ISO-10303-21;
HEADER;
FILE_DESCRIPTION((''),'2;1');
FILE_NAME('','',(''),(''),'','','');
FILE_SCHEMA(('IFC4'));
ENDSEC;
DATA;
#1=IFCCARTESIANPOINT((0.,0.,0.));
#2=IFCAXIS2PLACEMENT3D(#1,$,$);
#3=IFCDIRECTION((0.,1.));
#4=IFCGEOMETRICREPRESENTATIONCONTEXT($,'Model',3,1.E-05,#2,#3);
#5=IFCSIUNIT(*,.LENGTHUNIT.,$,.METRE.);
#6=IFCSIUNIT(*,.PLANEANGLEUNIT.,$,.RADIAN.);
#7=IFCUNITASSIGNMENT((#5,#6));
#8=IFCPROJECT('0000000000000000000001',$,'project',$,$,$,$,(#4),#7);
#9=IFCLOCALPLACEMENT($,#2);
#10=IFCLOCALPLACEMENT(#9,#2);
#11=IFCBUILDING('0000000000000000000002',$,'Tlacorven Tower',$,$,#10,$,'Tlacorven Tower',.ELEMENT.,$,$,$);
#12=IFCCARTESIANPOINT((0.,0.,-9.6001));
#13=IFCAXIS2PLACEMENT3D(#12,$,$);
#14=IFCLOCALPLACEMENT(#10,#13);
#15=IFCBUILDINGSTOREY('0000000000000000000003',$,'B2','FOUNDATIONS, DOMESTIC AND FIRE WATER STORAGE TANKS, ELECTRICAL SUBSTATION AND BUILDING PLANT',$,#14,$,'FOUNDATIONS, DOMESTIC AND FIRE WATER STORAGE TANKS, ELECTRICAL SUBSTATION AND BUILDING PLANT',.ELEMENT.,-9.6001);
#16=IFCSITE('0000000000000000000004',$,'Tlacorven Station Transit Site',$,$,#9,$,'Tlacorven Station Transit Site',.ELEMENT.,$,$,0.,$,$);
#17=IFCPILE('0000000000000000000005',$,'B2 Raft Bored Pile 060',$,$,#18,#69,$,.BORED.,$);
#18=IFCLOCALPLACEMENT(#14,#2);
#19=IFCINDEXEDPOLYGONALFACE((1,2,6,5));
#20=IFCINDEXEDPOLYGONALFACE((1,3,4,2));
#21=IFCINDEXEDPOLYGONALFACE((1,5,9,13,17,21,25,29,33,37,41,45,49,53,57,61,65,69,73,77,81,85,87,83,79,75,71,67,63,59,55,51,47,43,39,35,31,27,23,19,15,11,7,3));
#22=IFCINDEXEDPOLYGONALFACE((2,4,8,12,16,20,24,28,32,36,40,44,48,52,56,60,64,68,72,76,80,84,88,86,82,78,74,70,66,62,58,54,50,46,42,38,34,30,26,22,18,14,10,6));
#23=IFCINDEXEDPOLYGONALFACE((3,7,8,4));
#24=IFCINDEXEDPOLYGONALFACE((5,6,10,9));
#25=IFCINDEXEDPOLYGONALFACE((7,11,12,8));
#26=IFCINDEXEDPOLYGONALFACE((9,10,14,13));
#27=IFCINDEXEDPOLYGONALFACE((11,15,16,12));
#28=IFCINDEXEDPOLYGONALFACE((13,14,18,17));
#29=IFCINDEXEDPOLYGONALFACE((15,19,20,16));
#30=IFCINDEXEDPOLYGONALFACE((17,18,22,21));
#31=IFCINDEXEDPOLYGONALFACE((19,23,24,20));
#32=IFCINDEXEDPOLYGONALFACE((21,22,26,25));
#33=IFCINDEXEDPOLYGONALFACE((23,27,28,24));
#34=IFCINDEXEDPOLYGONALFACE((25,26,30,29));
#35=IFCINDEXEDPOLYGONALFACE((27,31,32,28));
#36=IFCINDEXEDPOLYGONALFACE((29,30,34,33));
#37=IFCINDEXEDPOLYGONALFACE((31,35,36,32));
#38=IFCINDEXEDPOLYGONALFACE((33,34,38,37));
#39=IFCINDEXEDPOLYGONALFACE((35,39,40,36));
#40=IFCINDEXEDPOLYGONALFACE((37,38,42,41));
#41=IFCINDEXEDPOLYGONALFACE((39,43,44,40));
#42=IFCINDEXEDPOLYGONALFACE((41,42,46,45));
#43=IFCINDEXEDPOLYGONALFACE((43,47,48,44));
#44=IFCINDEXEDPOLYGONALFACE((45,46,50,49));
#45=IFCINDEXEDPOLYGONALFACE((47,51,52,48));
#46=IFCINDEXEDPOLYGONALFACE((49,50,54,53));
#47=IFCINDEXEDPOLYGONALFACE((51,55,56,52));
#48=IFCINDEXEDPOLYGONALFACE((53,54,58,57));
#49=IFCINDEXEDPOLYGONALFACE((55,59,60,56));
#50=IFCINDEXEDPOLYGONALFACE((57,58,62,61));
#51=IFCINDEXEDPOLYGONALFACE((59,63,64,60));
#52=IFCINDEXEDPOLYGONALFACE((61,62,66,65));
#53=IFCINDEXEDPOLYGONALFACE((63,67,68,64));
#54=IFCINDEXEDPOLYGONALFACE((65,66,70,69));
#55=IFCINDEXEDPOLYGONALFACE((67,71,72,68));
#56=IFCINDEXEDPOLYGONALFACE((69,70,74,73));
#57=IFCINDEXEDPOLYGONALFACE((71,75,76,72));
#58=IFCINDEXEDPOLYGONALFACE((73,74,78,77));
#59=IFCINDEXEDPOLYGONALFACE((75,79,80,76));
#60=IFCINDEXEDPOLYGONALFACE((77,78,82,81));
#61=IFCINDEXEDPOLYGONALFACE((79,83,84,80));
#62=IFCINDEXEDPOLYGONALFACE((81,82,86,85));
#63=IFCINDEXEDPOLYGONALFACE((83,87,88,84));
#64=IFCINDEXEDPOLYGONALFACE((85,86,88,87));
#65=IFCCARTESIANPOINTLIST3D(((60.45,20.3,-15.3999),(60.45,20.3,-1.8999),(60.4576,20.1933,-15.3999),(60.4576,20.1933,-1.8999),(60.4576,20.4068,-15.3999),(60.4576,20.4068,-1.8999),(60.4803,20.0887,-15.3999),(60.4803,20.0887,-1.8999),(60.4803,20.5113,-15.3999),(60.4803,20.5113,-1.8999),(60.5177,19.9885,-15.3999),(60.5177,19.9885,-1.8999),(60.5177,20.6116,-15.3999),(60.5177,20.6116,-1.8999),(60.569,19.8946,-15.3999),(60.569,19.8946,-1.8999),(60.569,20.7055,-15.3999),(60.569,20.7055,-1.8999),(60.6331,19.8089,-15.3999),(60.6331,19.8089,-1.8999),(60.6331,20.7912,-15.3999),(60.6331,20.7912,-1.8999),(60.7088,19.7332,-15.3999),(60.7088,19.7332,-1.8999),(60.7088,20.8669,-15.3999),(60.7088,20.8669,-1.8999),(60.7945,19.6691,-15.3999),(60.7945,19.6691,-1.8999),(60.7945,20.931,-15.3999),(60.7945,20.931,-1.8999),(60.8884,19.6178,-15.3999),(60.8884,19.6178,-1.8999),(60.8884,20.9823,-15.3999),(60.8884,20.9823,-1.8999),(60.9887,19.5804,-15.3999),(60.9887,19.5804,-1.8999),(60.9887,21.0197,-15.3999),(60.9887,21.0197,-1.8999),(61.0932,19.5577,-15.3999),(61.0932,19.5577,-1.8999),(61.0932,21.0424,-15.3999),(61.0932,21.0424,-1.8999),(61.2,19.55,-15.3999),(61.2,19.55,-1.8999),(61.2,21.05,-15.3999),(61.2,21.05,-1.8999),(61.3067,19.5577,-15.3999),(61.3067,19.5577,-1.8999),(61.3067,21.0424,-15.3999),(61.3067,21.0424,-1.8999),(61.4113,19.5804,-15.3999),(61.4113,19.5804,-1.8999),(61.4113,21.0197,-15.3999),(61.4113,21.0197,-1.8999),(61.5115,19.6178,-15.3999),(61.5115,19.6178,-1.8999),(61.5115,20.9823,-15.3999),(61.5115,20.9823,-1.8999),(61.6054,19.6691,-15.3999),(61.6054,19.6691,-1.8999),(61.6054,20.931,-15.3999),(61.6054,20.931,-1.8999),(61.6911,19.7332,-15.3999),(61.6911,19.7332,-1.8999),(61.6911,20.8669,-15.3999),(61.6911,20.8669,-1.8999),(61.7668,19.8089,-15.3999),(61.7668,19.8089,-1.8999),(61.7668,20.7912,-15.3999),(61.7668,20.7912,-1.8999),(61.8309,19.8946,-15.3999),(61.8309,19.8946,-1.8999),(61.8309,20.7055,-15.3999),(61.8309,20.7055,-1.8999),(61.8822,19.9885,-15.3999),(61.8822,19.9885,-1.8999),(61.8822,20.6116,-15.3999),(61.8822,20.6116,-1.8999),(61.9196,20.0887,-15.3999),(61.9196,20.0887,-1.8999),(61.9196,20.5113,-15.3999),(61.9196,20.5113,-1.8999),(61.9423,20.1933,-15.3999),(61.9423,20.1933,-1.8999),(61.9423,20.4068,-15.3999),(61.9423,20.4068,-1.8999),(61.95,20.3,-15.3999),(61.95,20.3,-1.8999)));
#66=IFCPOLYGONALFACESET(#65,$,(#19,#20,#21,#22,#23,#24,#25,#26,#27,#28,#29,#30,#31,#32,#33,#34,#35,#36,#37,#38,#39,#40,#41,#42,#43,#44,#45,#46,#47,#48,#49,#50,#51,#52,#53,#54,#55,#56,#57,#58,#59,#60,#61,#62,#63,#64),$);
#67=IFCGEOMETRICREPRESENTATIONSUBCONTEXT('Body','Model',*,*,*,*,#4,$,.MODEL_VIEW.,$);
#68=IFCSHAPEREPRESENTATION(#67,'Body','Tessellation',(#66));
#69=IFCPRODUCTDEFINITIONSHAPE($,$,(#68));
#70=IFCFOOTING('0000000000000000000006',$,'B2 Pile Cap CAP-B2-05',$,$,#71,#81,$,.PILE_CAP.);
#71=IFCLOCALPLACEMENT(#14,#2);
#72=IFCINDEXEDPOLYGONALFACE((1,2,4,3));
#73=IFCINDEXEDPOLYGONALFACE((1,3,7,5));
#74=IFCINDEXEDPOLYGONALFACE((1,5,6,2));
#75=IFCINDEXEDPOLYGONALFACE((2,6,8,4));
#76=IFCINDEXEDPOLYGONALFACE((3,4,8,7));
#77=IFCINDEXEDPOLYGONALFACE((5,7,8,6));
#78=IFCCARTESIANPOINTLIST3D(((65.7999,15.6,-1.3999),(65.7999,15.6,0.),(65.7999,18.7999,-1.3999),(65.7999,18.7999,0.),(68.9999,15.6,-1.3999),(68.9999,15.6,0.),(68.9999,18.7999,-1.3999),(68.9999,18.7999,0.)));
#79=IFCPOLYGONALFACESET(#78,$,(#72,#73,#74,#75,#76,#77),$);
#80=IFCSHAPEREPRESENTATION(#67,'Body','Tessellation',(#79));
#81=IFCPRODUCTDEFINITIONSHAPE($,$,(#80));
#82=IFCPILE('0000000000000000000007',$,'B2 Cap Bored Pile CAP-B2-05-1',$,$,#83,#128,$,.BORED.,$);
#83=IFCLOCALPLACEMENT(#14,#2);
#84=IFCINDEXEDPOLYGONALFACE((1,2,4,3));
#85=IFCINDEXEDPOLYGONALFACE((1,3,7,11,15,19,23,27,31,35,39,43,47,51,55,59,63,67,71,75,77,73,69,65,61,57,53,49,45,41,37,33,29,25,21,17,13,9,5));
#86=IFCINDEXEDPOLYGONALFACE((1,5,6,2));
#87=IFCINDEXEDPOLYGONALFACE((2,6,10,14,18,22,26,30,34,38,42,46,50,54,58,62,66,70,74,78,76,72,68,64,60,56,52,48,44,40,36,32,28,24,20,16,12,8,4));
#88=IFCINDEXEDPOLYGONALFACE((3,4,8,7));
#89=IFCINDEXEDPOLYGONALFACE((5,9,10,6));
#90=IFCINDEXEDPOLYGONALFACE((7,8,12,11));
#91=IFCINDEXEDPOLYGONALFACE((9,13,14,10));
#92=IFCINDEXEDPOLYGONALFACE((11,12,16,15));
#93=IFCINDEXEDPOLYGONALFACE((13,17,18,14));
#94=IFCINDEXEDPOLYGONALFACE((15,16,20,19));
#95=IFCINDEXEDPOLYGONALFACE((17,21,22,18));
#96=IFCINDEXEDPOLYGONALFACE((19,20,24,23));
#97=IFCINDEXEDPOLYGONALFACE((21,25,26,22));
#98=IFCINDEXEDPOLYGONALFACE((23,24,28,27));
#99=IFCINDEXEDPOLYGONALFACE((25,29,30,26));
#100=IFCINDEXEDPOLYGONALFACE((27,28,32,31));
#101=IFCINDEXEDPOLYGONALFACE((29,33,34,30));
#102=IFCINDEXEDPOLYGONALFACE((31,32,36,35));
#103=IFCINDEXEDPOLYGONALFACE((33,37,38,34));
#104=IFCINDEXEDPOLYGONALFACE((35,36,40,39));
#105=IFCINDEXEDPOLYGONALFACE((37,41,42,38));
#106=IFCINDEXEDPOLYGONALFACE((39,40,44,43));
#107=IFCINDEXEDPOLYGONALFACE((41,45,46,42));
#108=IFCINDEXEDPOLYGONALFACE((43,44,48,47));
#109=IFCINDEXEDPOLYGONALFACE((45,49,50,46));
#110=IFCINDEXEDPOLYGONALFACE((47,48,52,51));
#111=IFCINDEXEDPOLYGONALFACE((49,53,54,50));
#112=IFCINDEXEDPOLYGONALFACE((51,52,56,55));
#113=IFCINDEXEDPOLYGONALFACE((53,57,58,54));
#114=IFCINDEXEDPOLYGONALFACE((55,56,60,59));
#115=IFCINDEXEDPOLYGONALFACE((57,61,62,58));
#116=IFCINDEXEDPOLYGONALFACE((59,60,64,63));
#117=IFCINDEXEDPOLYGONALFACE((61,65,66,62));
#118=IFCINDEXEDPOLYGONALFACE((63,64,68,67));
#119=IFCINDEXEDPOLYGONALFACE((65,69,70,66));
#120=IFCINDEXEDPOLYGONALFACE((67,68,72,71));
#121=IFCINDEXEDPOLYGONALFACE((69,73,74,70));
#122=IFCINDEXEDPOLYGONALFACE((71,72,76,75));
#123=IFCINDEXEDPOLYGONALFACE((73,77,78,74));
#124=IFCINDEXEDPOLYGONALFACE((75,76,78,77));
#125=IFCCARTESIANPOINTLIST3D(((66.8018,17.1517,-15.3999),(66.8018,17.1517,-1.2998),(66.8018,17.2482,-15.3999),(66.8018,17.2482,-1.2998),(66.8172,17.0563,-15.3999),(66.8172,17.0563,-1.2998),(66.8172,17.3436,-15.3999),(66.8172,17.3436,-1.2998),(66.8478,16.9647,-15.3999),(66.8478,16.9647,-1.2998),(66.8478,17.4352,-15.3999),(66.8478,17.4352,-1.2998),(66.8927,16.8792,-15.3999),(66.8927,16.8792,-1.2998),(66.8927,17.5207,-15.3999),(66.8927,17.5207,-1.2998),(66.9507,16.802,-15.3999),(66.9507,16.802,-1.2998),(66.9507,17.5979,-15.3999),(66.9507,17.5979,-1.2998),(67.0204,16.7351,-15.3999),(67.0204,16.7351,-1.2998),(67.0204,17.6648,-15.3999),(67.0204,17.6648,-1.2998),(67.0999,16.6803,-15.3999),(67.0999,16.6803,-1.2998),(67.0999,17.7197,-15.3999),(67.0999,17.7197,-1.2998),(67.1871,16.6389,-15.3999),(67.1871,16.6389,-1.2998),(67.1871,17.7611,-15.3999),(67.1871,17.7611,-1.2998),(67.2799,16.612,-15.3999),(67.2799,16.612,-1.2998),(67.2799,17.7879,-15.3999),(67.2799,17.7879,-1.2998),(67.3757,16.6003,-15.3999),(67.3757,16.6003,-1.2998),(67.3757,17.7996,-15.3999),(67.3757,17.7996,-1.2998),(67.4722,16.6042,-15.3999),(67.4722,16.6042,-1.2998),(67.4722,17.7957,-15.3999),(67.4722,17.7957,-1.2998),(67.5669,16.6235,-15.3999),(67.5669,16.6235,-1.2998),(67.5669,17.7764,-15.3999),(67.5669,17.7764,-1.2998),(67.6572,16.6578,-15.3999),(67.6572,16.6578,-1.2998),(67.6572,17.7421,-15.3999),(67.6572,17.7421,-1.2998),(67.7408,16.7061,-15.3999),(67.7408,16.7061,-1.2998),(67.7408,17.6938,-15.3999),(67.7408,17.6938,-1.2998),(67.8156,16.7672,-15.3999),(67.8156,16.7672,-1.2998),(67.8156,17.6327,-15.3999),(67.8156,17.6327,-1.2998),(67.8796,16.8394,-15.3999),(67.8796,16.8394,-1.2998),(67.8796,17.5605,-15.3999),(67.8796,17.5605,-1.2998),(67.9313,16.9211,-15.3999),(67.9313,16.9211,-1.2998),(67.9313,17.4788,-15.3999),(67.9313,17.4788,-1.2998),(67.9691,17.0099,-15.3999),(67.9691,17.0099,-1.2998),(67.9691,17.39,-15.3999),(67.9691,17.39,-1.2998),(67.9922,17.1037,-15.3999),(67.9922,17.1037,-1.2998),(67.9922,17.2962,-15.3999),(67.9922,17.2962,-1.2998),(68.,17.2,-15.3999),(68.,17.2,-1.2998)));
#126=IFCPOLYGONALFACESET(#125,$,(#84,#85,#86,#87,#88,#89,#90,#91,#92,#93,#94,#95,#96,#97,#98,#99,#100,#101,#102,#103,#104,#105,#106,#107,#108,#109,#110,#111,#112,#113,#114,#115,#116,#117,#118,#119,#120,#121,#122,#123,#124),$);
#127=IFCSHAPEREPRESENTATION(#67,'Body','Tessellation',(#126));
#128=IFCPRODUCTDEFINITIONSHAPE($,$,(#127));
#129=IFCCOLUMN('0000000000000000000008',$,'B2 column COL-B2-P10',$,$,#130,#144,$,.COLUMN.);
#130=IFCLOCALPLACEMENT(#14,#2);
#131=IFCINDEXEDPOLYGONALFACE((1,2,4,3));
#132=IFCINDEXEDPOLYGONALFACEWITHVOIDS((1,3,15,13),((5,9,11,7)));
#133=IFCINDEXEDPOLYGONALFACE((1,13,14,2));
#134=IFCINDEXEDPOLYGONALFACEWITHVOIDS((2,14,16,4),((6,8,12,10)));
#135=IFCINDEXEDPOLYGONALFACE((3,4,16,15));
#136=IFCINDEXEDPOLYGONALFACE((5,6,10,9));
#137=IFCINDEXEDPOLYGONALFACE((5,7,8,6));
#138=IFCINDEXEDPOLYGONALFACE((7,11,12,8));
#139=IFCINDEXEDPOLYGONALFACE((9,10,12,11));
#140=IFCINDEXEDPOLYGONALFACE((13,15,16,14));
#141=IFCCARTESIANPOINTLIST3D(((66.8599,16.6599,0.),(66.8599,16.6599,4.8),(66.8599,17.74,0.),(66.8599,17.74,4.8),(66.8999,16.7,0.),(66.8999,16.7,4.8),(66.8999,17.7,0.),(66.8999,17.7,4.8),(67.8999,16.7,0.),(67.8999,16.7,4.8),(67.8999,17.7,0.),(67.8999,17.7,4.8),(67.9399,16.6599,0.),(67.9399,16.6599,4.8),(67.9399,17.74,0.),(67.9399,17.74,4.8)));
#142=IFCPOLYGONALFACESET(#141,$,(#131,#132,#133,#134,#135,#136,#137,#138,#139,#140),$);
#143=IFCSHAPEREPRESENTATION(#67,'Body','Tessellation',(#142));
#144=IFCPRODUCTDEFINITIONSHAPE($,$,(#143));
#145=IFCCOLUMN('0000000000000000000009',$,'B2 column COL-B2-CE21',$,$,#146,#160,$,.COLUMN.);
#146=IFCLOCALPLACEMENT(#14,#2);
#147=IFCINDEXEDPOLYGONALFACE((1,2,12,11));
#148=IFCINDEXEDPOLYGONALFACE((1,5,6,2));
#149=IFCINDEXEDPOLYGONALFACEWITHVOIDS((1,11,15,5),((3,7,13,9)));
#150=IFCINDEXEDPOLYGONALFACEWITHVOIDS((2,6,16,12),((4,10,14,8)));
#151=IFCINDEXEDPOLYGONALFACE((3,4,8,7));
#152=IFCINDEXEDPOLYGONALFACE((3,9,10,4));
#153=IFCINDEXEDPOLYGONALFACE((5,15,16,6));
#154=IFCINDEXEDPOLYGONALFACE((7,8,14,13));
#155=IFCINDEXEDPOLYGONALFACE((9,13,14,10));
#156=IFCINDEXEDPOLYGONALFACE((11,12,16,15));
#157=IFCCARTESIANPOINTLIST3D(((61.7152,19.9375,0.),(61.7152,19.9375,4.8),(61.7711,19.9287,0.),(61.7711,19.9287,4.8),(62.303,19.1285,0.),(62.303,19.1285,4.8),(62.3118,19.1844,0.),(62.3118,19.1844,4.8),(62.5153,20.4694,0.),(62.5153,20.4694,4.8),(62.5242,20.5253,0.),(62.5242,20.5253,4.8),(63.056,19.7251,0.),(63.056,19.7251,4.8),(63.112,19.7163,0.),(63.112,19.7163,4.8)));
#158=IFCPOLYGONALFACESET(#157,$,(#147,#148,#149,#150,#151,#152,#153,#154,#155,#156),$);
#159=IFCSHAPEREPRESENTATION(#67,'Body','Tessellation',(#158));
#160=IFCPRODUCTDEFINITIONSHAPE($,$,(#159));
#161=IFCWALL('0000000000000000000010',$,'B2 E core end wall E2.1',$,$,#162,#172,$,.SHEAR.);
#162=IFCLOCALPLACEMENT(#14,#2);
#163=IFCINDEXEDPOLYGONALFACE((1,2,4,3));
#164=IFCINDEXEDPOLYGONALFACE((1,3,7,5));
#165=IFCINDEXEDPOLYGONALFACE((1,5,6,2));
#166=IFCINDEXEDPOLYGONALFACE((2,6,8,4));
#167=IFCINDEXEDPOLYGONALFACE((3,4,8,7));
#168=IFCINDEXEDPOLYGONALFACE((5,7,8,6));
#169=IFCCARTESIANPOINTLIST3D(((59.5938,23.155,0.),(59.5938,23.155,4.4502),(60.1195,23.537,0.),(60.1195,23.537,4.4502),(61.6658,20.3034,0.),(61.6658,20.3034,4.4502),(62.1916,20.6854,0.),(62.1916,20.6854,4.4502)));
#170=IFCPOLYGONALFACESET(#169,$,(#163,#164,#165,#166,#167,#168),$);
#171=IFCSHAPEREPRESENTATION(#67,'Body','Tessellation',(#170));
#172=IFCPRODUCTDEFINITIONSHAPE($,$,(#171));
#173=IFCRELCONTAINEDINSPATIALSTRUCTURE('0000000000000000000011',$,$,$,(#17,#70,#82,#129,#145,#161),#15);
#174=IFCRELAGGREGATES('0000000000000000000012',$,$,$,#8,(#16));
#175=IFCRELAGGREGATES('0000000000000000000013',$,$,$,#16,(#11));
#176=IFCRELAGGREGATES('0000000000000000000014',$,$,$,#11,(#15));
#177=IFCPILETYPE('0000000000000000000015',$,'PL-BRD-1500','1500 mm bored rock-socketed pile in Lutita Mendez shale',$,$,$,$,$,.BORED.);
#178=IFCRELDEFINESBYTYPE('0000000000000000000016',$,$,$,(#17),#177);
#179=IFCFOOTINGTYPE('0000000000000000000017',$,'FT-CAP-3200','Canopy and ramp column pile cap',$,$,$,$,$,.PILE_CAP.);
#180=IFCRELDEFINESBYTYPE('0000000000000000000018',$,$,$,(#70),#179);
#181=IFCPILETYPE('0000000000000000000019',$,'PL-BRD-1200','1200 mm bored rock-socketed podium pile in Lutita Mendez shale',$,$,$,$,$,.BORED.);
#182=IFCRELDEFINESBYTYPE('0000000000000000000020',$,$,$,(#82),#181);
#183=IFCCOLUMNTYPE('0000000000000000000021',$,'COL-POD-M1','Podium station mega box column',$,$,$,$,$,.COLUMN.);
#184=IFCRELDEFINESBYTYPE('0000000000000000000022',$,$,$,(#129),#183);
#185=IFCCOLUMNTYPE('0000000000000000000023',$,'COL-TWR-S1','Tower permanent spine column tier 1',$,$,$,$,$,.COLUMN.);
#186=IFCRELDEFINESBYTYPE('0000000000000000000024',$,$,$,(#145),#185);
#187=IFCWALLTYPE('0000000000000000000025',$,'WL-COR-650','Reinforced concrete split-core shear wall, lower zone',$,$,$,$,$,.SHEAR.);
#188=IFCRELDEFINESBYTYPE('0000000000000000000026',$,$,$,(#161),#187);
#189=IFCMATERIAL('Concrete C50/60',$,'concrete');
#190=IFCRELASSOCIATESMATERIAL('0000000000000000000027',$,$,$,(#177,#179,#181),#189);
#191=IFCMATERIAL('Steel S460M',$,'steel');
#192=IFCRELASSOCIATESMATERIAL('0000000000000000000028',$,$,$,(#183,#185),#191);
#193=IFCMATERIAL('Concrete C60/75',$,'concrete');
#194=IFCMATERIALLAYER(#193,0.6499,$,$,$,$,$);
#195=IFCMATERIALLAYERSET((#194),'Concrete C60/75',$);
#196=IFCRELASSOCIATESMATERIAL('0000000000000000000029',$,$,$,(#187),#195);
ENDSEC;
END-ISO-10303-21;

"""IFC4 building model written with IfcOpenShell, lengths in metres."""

from ifc_helpers import new_model, si_unit, direction, frame, frame_2d, origin, origin_2d, place, context, subcontext, project, spatial, rectangle, hollow_rectangle, circle, extrude, source, transform, mapped, material, layer, layer_set, material_profile, profile_set, type_object, element, save


model = new_model("IFC4")

# Units and contexts
model_context = context("Model", 3, precision=1e-05, world=origin(), true_north=direction((0.0, 1.0)))
body_context = subcontext(model_context, "Body", "Model", "MODEL_VIEW")
ifc_project = project(units=[si_unit("LENGTHUNIT", "METRE"), si_unit("PLANEANGLEUNIT", "RADIAN")], contexts=[model_context])

# Site, building, storey
site_placement = place(None, origin())
site = spatial("IfcSite", under=ifc_project, at=site_placement, Name="Tlacorven Station Transit Site", LongName="Tlacorven Station Transit Site", CompositionType="ELEMENT", RefElevation=0.0)
building_placement = place(site_placement, origin())
building = spatial("IfcBuilding", under=site, at=building_placement, Name="Tlacorven Tower", LongName="Tlacorven Tower", CompositionType="ELEMENT")
storey_placement = place(building_placement, frame((0.0, 0.0, -9.6001)))
storey = spatial("IfcBuildingStorey", under=building, at=storey_placement, Name="B2", Description="FOUNDATIONS, DOMESTIC AND FIRE WATER STORAGE TANKS, ELECTRICAL SUBSTATION AND BUILDING PLANT", LongName="FOUNDATIONS, DOMESTIC AND FIRE WATER STORAGE TANKS, ELECTRICAL SUBSTATION AND BUILDING PLANT", CompositionType="ELEMENT", Elevation=-9.6001)

# Pile
ifc_material_1 = material(Name="Concrete C50/60", Category="concrete")
ifc_material_profile_1 = material_profile(ifc_material_1, circle(Radius=0.75, at=origin_2d()), Name="BORED PILE D1500")
ifc_profile_set_1 = profile_set([ifc_material_profile_1], Name="Concrete C50/60")
pile_type_1 = type_object("IfcPileType", Name="PL-BRD-1500", Description="1500 mm bored rock-socketed pile in Lutita Mendez shale", PredefinedType="BORED", material=ifc_profile_set_1)
shared_shape_1 = source(origin(), body_context, "Body", "SweptSolid", [
    extrude(circle(Radius=0.75, at=origin_2d()), origin(), (0.0, 0.0, 1.0), 13.5),
])
for number, where, z_axis, x_axis, name in (
    (1, (61.2, 20.3, -1.8999), (0.0, 0.0, -1.0), (1.0, 0.0, 0.0), "B2 Raft Bored Pile 060"),
):
    element("IfcPile", number, at=place(storey_placement, frame(where, z_axis=z_axis, x_axis=x_axis)), inside=storey, type_object=pile_type_1, Name=name, PredefinedType="BORED", context=body_context, shape_type="MappedRepresentation", body=[
        mapped(shared_shape_1, transform((0.0, 0.0, 0.0), scale=1.0)),
    ])

# Footing
footing_type = type_object("IfcFootingType", Name="FT-CAP-3200", Description="Canopy and ramp column pile cap", PredefinedType="PILE_CAP", material=ifc_material_1)
shared_shape_2 = source(origin(), body_context, "Body", "SweptSolid", [
    extrude(rectangle(XDim=3.2, YDim=3.2, at=origin_2d()), origin(), (0.0, 0.0, 1.0), 1.3999),
])
footing_placement = place(storey_placement, frame((67.3999, 17.2, -1.3999), z_axis=(0.0, 0.0, 1.0), x_axis=(1.0, 0.0, 0.0)))
element("IfcFooting", 2, at=footing_placement, inside=storey, type_object=footing_type, Name="B2 Pile Cap CAP-B2-05", PredefinedType="PILE_CAP", context=body_context, shape_type="MappedRepresentation", body=[
    mapped(shared_shape_2, transform((0.0, 0.0, 0.0), scale=1.0)),
])

# Pile
ifc_material_profile_2 = material_profile(ifc_material_1, circle(Radius=0.6001, at=origin_2d()), Name="BORED PILE D1200")
ifc_profile_set_2 = profile_set([ifc_material_profile_2], Name="Concrete C50/60")
pile_type_2 = type_object("IfcPileType", Name="PL-BRD-1200", Description="1200 mm bored rock-socketed podium pile in Lutita Mendez shale", PredefinedType="BORED", material=ifc_profile_set_2)
shared_shape_3 = source(origin(), body_context, "Body", "SweptSolid", [
    extrude(circle(Radius=0.6001, at=origin_2d()), origin(), (0.0, 0.0, 1.0), 14.1001),
])
pile_placement = place(storey_placement, frame((67.3999, 17.2, -1.2998), z_axis=(0.0, 0.0, -1.0), x_axis=(1.0, 0.0, 0.0)))
element("IfcPile", 3, at=pile_placement, inside=storey, type_object=pile_type_2, Name="B2 Cap Bored Pile CAP-B2-05-1", PredefinedType="BORED", context=body_context, shape_type="MappedRepresentation", body=[
    mapped(shared_shape_3, transform((0.0, 0.0, 0.0), scale=1.0)),
])

# Columns
ifc_material_2 = material(Name="Steel S460M", Category="steel")
ifc_material_profile_3 = material_profile(ifc_material_2, hollow_rectangle(XDim=1.0801, YDim=1.0801, WallThickness=0.04, at=origin_2d()), Name="BOX 1080X1080X40")
ifc_profile_set_3 = profile_set([ifc_material_profile_3], Name="Steel S460M")
column_type_1 = type_object("IfcColumnType", Name="COL-POD-M1", Description="Podium station mega box column", PredefinedType="COLUMN", material=ifc_profile_set_3)
shared_shape_4 = source(origin(), body_context, "Body", "SweptSolid", [
    extrude(hollow_rectangle(XDim=1.0801, YDim=1.0801, WallThickness=0.04, at=origin_2d()), origin(), (0.0, 0.0, 1.0), 4.8),
])
column_1_placement = place(storey_placement, frame((67.3999, 17.2, 0.0), z_axis=(0.0, 0.0, 1.0), x_axis=(1.0, 0.0, 0.0)))
element("IfcColumn", 4, at=column_1_placement, inside=storey, type_object=column_type_1, Name="B2 column COL-B2-P10", PredefinedType="COLUMN", context=body_context, shape_type="MappedRepresentation", body=[
    mapped(shared_shape_4, transform((0.0, 0.0, 0.0), scale=1.0)),
])
ifc_material_profile_4 = material_profile(ifc_material_2, hollow_rectangle(XDim=1.0, YDim=1.0, WallThickness=0.04, at=origin_2d()), Name="BOX 1000X1000X40")
ifc_profile_set_4 = profile_set([ifc_material_profile_4], Name="Steel S460M")
column_type_2 = type_object("IfcColumnType", Name="COL-TWR-S1", Description="Tower permanent spine column tier 1", PredefinedType="COLUMN", material=ifc_profile_set_4)
shared_shape_5 = source(origin(), body_context, "Body", "SweptSolid", [
    extrude(hollow_rectangle(XDim=1.0, YDim=1.0, WallThickness=0.04, at=origin_2d()), origin(), (0.0, 0.0, 1.0), 4.8),
])
column_2_placement = place(storey_placement, frame((62.4136, 19.8269, 0.0), z_axis=(0.0, 0.0, 1.0), x_axis=(0.809017, 0.587785, 0.0)))
element("IfcColumn", 5, at=column_2_placement, inside=storey, type_object=column_type_2, Name="B2 column COL-B2-CE21", PredefinedType="COLUMN", context=body_context, shape_type="MappedRepresentation", body=[
    mapped(shared_shape_5, transform((0.0, 0.0, 0.0), scale=1.0)),
])

# Wall
ifc_material_3 = material(Name="Concrete C60/75", Category="concrete")
ifc_layer_1 = layer(ifc_material_3, 0.6499)
ifc_layer_set_1 = layer_set([ifc_layer_1], Name="Concrete C60/75")
wall_type_1 = type_object("IfcWallType", Name="WL-COR-650", Description="Reinforced concrete split-core shear wall, lower zone", PredefinedType="SHEAR", material=ifc_layer_set_1)
wall_1_placement = place(storey_placement, frame((61.9287, 20.4944, 0.0), z_axis=(0.0, 0.0, 1.0), x_axis=(-0.58783, 0.808985, 0.0)))
element("IfcWall", 6, at=wall_1_placement, inside=storey, type_object=wall_type_1, Name="B2 E core end wall E2.1", PredefinedType="SHEAR", context=body_context, shape_type="SweptSolid", body=[
    extrude(rectangle(XDim=3.5249, YDim=0.6499, at=frame_2d((1.7625, 0.0))), origin(), (0.0, 0.0, 1.0), 4.4502),
])

save(model, "model.ifc")
